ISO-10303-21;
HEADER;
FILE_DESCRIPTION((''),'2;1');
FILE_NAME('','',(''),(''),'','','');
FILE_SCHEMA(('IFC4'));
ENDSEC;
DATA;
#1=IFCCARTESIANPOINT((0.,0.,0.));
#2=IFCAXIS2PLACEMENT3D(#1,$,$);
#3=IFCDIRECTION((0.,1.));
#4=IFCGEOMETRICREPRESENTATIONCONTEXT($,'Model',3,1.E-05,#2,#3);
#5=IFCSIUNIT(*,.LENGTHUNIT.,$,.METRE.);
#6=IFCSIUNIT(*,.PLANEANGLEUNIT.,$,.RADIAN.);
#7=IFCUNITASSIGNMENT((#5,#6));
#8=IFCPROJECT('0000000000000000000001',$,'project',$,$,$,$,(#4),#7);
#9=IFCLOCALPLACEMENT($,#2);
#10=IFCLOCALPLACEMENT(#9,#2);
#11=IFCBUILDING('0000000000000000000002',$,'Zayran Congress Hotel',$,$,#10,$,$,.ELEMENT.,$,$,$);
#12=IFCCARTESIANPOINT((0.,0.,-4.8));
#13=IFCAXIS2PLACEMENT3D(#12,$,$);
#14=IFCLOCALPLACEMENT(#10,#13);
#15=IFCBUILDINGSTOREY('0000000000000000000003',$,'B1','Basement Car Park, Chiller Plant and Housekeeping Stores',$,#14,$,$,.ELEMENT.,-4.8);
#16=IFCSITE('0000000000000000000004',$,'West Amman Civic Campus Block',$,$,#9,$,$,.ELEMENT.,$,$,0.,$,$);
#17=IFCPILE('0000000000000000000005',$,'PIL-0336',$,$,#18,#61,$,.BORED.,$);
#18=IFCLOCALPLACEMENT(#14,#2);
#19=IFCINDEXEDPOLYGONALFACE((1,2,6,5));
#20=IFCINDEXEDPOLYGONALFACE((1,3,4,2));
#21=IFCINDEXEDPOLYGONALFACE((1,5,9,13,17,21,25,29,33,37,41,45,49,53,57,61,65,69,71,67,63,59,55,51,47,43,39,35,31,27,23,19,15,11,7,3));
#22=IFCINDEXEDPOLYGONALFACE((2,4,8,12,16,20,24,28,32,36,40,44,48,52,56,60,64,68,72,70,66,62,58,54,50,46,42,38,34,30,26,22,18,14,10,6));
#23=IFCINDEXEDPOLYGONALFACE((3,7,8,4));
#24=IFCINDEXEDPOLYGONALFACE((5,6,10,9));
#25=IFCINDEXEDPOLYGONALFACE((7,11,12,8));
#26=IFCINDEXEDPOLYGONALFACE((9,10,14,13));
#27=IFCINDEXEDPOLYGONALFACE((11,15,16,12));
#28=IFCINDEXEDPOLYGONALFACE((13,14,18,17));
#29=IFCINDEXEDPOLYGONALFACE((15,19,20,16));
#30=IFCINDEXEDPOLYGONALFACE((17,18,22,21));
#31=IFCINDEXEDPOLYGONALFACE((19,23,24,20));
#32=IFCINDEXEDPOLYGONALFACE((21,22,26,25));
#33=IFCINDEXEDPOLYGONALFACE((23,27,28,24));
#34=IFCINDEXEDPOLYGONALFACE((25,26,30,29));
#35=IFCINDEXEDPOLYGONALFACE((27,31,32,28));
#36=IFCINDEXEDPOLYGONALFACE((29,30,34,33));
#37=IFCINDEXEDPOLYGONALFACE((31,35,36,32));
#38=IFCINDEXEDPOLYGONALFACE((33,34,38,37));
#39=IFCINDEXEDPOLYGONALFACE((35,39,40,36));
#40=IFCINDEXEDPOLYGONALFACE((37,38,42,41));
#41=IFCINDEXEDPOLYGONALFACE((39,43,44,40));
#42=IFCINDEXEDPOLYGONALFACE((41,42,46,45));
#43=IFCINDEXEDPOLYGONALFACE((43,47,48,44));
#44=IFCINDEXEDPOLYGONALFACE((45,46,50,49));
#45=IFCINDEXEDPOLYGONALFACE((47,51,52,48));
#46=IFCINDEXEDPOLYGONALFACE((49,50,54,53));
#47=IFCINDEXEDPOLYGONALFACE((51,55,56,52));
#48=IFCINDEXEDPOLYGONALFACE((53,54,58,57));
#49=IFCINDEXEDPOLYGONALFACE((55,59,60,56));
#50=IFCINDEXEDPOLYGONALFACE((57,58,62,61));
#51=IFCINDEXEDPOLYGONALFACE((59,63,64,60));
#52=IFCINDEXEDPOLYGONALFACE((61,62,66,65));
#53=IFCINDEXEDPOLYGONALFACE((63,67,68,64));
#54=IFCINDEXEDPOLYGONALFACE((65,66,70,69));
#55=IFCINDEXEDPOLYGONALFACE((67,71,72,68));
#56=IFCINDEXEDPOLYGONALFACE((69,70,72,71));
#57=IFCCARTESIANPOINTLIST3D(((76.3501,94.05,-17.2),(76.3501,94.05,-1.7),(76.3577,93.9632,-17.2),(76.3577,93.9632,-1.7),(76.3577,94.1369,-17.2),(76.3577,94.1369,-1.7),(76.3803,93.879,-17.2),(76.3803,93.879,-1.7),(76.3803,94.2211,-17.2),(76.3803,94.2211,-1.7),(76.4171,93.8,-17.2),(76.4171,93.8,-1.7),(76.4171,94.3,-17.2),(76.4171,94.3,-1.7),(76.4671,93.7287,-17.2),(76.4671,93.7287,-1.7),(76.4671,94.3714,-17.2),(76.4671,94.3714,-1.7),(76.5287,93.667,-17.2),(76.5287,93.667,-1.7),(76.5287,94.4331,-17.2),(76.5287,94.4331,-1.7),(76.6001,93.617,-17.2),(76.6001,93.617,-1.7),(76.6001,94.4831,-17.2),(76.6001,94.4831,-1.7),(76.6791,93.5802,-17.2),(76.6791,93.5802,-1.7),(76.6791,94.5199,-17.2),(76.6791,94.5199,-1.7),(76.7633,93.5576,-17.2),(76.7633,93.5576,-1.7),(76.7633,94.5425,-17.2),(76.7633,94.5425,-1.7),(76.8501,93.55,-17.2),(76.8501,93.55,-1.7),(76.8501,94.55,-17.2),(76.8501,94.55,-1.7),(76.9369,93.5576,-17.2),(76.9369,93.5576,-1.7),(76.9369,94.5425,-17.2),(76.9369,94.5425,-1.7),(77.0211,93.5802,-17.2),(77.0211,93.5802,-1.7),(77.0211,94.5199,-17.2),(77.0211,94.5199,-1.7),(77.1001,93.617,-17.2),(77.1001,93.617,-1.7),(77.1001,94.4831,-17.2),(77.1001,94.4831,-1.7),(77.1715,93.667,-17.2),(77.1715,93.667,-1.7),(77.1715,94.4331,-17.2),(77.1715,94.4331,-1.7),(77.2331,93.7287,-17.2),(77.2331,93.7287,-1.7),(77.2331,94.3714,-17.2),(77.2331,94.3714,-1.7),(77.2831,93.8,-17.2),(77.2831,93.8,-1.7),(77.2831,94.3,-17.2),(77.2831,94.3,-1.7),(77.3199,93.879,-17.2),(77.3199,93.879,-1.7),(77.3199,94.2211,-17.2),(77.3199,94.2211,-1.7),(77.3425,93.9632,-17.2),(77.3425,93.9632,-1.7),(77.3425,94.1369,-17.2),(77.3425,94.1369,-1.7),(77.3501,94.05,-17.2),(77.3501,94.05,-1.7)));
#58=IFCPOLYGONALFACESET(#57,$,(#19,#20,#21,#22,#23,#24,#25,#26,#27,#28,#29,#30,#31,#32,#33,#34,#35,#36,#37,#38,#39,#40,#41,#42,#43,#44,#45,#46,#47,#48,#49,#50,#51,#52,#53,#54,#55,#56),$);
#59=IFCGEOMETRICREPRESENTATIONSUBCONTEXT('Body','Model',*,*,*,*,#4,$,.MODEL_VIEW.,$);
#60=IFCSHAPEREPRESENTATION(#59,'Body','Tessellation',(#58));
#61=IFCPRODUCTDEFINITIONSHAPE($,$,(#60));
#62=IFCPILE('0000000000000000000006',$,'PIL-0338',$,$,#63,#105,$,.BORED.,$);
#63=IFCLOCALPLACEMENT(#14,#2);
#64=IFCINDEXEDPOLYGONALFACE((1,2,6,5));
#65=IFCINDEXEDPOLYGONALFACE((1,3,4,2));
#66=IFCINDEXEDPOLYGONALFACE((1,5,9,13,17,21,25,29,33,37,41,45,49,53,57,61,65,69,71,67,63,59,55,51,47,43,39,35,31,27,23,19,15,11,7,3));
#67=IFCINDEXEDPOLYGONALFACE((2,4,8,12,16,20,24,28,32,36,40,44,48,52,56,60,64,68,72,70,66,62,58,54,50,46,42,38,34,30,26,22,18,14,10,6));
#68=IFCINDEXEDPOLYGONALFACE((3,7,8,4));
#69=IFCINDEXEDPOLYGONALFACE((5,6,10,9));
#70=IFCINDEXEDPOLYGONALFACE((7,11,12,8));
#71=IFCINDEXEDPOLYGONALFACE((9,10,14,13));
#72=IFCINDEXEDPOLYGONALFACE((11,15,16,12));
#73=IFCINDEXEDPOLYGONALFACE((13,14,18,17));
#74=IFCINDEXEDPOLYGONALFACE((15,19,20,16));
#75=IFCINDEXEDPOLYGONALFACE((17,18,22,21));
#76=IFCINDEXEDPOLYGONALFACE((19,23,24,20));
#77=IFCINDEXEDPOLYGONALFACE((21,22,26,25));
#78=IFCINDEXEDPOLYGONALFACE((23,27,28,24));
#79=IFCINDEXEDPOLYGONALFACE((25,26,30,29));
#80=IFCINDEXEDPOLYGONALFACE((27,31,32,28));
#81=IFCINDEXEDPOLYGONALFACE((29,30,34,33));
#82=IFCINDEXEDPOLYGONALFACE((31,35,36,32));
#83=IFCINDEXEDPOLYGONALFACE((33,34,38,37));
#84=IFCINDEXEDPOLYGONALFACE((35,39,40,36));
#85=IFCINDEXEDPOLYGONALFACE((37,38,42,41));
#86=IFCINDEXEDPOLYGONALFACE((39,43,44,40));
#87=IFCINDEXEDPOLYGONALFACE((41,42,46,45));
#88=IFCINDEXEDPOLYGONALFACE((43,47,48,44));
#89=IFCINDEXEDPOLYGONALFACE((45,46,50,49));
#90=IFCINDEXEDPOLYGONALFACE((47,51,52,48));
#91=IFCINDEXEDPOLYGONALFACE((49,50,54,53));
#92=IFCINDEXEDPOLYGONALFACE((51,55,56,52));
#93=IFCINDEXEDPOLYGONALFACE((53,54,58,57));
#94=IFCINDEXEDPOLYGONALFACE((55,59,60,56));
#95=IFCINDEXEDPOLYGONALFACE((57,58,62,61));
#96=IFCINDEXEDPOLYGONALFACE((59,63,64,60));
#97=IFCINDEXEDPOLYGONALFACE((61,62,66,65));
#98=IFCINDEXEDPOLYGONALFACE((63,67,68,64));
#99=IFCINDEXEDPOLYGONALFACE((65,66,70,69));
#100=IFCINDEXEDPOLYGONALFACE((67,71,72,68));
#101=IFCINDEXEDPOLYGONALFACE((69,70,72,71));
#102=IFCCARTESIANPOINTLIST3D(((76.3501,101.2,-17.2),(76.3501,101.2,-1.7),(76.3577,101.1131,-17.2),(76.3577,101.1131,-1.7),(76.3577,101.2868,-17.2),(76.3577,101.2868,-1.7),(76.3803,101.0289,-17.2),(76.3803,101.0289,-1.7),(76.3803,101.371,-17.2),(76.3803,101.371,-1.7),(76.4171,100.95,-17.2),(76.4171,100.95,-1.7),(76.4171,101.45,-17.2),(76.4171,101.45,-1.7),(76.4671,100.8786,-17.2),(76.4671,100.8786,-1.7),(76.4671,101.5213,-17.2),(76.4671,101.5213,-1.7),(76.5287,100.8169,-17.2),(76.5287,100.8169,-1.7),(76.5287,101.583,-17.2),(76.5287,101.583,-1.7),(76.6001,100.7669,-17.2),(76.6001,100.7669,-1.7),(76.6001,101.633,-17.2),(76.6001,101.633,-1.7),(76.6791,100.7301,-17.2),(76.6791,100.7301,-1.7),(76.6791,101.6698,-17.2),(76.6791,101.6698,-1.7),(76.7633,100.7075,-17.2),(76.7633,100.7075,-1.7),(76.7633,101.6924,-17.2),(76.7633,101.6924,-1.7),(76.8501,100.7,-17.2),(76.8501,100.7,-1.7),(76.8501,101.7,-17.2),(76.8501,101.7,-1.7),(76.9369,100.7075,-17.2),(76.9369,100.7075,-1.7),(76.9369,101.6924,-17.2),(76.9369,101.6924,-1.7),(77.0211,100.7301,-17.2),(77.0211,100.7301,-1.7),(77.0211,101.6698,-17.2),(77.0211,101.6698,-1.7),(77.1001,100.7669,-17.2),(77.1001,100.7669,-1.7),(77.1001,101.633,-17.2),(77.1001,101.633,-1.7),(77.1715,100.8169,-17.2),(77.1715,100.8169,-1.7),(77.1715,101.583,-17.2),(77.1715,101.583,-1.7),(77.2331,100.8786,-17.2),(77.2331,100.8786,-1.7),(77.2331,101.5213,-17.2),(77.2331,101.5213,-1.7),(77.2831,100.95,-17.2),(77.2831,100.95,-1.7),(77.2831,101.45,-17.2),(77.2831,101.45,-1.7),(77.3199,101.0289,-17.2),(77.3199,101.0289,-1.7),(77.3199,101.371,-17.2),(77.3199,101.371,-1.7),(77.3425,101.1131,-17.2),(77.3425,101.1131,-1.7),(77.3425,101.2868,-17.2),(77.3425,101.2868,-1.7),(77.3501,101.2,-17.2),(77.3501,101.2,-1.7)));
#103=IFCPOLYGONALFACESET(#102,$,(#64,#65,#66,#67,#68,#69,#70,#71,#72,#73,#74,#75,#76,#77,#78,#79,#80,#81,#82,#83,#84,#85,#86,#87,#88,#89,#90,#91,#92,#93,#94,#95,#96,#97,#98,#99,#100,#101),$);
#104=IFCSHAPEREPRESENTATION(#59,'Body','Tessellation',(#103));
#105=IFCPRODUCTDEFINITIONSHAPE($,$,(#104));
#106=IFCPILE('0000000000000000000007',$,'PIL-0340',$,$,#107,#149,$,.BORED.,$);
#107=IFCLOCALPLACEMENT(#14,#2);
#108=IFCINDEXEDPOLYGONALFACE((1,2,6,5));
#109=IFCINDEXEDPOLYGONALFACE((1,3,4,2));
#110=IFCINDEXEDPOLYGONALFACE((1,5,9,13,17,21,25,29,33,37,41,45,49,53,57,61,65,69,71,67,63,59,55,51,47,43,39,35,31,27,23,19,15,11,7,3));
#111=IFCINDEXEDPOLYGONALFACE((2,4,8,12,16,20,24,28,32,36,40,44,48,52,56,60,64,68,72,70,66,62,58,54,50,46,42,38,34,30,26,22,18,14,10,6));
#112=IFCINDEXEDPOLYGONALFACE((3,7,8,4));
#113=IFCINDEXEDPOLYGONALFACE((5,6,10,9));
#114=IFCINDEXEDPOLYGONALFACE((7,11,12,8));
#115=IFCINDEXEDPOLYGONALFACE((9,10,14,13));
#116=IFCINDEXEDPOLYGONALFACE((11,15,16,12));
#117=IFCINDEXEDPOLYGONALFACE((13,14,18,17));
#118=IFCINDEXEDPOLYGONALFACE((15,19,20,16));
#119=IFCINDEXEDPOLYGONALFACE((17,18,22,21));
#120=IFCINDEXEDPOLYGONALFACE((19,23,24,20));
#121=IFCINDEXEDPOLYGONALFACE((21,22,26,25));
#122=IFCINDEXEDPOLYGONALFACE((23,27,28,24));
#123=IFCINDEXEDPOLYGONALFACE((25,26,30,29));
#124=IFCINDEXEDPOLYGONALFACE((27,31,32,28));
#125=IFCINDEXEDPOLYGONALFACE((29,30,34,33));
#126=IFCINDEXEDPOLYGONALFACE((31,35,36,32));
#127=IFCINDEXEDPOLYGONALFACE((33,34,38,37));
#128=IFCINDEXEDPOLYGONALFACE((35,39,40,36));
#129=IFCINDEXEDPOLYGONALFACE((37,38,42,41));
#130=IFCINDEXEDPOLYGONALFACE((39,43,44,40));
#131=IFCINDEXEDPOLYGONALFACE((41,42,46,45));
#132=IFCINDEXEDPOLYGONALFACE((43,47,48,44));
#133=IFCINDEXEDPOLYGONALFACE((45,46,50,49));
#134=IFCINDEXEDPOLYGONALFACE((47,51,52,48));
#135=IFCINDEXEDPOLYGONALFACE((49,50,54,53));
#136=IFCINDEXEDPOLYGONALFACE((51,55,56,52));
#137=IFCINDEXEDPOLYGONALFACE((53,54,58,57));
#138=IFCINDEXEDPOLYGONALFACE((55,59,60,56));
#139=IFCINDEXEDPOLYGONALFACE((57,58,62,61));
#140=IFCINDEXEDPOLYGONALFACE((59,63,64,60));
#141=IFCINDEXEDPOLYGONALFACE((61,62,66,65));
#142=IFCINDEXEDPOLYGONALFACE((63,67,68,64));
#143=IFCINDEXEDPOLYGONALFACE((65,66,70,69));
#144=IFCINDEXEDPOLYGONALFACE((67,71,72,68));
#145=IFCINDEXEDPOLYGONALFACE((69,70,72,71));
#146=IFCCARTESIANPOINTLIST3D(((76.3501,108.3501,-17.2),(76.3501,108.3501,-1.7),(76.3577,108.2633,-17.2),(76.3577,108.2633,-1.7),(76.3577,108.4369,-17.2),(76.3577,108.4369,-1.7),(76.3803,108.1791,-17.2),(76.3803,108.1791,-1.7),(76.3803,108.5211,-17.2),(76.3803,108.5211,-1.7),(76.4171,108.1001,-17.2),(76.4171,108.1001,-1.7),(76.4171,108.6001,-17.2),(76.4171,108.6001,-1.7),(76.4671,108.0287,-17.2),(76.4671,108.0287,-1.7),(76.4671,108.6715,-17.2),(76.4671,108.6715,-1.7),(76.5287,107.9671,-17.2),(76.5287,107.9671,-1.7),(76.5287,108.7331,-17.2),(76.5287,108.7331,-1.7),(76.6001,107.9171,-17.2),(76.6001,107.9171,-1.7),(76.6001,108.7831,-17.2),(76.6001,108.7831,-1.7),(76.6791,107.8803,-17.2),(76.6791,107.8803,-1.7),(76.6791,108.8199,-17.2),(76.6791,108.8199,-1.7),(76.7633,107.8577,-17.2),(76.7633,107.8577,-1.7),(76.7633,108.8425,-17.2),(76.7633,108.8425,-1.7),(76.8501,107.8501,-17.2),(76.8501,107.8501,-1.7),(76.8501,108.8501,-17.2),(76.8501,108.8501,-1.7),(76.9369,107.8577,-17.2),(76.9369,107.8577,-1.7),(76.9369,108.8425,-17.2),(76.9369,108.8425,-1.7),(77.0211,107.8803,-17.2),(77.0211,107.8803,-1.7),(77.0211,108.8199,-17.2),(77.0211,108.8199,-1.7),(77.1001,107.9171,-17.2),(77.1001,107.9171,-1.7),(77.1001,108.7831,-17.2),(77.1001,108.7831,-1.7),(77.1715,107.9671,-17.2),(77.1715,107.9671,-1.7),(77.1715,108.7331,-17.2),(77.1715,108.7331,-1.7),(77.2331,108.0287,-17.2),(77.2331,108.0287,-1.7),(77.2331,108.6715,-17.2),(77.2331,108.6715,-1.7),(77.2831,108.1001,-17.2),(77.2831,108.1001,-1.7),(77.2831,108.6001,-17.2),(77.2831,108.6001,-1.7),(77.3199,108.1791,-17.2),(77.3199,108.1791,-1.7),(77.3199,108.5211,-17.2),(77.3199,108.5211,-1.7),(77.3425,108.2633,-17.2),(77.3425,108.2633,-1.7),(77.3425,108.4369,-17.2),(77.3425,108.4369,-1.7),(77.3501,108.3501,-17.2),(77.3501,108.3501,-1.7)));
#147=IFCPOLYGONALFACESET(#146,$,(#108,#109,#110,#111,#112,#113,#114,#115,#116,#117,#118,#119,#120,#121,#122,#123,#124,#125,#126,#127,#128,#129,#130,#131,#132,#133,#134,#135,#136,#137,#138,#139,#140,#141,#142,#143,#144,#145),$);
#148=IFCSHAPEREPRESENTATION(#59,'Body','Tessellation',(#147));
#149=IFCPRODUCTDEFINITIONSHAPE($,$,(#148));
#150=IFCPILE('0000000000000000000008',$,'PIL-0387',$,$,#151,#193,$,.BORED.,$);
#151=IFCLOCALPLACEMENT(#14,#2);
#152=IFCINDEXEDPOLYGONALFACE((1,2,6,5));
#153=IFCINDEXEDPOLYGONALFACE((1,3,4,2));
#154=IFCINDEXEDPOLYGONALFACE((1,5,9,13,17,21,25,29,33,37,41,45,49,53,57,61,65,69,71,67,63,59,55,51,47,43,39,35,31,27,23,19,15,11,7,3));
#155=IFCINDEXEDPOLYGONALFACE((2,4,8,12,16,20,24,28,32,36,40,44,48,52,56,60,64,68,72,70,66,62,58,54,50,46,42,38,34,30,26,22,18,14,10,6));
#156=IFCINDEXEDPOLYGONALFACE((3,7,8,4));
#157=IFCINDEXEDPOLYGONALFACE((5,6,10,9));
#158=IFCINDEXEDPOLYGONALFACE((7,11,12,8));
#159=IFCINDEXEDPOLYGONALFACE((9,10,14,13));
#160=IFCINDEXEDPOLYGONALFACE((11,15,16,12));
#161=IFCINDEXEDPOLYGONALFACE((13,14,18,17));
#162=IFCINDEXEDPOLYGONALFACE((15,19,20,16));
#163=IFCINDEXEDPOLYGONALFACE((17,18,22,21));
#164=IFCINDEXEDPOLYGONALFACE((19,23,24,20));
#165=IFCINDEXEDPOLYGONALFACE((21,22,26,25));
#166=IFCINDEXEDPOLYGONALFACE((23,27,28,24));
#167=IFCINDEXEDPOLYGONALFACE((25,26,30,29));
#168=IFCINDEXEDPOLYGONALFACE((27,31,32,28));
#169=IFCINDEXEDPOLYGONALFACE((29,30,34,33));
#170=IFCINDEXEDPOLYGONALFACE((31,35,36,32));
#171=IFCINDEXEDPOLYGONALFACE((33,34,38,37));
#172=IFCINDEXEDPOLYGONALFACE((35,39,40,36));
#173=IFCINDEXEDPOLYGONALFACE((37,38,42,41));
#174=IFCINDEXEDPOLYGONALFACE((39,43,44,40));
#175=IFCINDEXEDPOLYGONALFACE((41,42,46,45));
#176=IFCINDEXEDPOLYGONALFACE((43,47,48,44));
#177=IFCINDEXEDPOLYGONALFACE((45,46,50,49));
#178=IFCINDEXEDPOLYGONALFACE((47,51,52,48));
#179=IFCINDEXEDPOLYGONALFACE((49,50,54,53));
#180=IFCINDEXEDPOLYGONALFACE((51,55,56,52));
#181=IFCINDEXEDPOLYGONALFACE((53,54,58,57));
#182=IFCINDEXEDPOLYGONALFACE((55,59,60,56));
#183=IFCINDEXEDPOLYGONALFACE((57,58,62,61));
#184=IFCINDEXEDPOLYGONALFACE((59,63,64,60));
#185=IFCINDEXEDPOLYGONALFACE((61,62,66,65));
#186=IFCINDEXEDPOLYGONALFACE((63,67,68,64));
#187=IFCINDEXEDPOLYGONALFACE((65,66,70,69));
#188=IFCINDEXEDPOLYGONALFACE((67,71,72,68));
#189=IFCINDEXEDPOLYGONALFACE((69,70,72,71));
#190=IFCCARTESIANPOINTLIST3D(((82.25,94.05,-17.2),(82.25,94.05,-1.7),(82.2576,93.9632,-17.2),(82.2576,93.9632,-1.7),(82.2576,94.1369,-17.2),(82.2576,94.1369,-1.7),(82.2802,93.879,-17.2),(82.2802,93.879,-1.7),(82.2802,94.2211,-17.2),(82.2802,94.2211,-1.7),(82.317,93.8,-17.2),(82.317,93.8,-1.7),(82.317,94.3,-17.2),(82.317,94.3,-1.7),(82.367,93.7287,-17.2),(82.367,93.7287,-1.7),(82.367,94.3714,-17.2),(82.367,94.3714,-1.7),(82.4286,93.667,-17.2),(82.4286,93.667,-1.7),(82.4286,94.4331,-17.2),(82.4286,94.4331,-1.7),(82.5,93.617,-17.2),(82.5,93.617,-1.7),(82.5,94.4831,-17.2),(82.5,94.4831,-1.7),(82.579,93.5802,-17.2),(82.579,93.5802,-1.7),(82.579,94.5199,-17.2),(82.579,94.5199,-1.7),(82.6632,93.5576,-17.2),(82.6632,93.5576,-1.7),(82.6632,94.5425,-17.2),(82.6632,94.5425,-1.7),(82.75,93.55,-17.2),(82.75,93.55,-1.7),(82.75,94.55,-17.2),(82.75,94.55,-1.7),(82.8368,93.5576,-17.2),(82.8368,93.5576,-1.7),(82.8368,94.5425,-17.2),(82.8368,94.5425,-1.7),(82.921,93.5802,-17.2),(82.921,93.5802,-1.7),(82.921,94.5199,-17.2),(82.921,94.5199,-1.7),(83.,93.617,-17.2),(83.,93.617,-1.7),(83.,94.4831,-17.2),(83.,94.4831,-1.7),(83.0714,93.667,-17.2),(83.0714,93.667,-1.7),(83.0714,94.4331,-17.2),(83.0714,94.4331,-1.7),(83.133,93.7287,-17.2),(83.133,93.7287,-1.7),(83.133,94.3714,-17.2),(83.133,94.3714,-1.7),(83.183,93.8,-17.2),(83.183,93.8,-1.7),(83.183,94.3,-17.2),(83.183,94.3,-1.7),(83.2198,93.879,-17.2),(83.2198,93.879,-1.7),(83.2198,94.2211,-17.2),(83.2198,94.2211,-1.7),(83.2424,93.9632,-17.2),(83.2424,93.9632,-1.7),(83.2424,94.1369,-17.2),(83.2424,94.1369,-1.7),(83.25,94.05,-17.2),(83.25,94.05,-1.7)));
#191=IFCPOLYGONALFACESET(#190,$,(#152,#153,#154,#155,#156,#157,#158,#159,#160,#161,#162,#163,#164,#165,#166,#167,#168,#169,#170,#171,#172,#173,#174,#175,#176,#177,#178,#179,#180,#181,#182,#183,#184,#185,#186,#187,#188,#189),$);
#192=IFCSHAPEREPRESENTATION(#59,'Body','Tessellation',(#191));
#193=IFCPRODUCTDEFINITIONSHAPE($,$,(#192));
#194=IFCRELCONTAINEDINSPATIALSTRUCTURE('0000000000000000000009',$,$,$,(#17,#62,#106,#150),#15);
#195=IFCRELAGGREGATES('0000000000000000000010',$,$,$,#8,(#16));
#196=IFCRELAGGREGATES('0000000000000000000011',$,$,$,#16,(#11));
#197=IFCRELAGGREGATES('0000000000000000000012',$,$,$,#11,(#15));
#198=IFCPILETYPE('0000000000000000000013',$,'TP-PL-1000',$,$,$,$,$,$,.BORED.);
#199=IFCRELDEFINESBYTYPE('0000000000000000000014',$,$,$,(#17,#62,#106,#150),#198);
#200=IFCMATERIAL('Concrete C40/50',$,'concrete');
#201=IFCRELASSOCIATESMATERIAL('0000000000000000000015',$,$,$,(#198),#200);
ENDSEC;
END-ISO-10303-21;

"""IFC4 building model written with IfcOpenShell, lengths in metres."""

from ifc_helpers import new_model, si_unit, direction, frame, origin, origin_2d, place, context, subcontext, project, spatial, circle, extrude, material, material_profile, profile_set, type_object, element, save


model = new_model("IFC4")

# Units and contexts
model_context = context("Model", 3, precision=1e-05, world=origin(), true_north=direction((0.0, 1.0)))
body_context = subcontext(model_context, "Body", "Model", "MODEL_VIEW")
ifc_project = project(units=[si_unit("LENGTHUNIT", "METRE"), si_unit("PLANEANGLEUNIT", "RADIAN")], contexts=[model_context])

# Site, building, storey
site_placement = place(None, origin())
site = spatial("IfcSite", under=ifc_project, at=site_placement, Name="West Amman Civic Campus Block", CompositionType="ELEMENT", RefElevation=0.0)
building_placement = place(site_placement, origin())
building = spatial("IfcBuilding", under=site, at=building_placement, Name="Zayran Congress Hotel", CompositionType="ELEMENT")
storey_placement = place(building_placement, frame((0.0, 0.0, -4.8)))
storey = spatial("IfcBuildingStorey", under=building, at=storey_placement, Name="B1", Description="Basement Car Park, Chiller Plant and Housekeeping Stores", CompositionType="ELEMENT", Elevation=-4.8)

# Piles
ifc_material_1 = material(Name="Concrete C40/50", Category="concrete")
ifc_material_profile_1 = material_profile(ifc_material_1, circle(Radius=0.5, at=origin_2d()), Name="PILE D1000")
ifc_profile_set_1 = profile_set([ifc_material_profile_1], Name="Concrete C40/50")
pile_type = type_object("IfcPileType", Name="TP-PL-1000", PredefinedType="BORED", material=ifc_profile_set_1)
for number, where, z_axis, x_axis, name in (
    (1, (76.8501, 94.05, -1.7), (0.0, 0.0, -1.0), (1.0, 0.0, 0.0), "PIL-0336"),
    (2, (76.8501, 101.2, -1.7), (0.0, 0.0, -1.0), (1.0, 0.0, 0.0), "PIL-0338"),
    (3, (76.8501, 108.3501, -1.7), (0.0, 0.0, -1.0), (1.0, 0.0, 0.0), "PIL-0340"),
    (4, (82.75, 94.05, -1.7), (0.0, 0.0, -1.0), (1.0, 0.0, 0.0), "PIL-0387"),
):
    element("IfcPile", number, at=place(storey_placement, frame(where, z_axis=z_axis, x_axis=x_axis)), inside=storey, type_object=pile_type, Name=name, PredefinedType="BORED", context=body_context, shape_type="SweptSolid", body=[
        extrude(circle(Radius=0.5, at=origin_2d()), origin(), (0.0, 0.0, 1.0), 15.5),
    ])

save(model, "model.ifc")
